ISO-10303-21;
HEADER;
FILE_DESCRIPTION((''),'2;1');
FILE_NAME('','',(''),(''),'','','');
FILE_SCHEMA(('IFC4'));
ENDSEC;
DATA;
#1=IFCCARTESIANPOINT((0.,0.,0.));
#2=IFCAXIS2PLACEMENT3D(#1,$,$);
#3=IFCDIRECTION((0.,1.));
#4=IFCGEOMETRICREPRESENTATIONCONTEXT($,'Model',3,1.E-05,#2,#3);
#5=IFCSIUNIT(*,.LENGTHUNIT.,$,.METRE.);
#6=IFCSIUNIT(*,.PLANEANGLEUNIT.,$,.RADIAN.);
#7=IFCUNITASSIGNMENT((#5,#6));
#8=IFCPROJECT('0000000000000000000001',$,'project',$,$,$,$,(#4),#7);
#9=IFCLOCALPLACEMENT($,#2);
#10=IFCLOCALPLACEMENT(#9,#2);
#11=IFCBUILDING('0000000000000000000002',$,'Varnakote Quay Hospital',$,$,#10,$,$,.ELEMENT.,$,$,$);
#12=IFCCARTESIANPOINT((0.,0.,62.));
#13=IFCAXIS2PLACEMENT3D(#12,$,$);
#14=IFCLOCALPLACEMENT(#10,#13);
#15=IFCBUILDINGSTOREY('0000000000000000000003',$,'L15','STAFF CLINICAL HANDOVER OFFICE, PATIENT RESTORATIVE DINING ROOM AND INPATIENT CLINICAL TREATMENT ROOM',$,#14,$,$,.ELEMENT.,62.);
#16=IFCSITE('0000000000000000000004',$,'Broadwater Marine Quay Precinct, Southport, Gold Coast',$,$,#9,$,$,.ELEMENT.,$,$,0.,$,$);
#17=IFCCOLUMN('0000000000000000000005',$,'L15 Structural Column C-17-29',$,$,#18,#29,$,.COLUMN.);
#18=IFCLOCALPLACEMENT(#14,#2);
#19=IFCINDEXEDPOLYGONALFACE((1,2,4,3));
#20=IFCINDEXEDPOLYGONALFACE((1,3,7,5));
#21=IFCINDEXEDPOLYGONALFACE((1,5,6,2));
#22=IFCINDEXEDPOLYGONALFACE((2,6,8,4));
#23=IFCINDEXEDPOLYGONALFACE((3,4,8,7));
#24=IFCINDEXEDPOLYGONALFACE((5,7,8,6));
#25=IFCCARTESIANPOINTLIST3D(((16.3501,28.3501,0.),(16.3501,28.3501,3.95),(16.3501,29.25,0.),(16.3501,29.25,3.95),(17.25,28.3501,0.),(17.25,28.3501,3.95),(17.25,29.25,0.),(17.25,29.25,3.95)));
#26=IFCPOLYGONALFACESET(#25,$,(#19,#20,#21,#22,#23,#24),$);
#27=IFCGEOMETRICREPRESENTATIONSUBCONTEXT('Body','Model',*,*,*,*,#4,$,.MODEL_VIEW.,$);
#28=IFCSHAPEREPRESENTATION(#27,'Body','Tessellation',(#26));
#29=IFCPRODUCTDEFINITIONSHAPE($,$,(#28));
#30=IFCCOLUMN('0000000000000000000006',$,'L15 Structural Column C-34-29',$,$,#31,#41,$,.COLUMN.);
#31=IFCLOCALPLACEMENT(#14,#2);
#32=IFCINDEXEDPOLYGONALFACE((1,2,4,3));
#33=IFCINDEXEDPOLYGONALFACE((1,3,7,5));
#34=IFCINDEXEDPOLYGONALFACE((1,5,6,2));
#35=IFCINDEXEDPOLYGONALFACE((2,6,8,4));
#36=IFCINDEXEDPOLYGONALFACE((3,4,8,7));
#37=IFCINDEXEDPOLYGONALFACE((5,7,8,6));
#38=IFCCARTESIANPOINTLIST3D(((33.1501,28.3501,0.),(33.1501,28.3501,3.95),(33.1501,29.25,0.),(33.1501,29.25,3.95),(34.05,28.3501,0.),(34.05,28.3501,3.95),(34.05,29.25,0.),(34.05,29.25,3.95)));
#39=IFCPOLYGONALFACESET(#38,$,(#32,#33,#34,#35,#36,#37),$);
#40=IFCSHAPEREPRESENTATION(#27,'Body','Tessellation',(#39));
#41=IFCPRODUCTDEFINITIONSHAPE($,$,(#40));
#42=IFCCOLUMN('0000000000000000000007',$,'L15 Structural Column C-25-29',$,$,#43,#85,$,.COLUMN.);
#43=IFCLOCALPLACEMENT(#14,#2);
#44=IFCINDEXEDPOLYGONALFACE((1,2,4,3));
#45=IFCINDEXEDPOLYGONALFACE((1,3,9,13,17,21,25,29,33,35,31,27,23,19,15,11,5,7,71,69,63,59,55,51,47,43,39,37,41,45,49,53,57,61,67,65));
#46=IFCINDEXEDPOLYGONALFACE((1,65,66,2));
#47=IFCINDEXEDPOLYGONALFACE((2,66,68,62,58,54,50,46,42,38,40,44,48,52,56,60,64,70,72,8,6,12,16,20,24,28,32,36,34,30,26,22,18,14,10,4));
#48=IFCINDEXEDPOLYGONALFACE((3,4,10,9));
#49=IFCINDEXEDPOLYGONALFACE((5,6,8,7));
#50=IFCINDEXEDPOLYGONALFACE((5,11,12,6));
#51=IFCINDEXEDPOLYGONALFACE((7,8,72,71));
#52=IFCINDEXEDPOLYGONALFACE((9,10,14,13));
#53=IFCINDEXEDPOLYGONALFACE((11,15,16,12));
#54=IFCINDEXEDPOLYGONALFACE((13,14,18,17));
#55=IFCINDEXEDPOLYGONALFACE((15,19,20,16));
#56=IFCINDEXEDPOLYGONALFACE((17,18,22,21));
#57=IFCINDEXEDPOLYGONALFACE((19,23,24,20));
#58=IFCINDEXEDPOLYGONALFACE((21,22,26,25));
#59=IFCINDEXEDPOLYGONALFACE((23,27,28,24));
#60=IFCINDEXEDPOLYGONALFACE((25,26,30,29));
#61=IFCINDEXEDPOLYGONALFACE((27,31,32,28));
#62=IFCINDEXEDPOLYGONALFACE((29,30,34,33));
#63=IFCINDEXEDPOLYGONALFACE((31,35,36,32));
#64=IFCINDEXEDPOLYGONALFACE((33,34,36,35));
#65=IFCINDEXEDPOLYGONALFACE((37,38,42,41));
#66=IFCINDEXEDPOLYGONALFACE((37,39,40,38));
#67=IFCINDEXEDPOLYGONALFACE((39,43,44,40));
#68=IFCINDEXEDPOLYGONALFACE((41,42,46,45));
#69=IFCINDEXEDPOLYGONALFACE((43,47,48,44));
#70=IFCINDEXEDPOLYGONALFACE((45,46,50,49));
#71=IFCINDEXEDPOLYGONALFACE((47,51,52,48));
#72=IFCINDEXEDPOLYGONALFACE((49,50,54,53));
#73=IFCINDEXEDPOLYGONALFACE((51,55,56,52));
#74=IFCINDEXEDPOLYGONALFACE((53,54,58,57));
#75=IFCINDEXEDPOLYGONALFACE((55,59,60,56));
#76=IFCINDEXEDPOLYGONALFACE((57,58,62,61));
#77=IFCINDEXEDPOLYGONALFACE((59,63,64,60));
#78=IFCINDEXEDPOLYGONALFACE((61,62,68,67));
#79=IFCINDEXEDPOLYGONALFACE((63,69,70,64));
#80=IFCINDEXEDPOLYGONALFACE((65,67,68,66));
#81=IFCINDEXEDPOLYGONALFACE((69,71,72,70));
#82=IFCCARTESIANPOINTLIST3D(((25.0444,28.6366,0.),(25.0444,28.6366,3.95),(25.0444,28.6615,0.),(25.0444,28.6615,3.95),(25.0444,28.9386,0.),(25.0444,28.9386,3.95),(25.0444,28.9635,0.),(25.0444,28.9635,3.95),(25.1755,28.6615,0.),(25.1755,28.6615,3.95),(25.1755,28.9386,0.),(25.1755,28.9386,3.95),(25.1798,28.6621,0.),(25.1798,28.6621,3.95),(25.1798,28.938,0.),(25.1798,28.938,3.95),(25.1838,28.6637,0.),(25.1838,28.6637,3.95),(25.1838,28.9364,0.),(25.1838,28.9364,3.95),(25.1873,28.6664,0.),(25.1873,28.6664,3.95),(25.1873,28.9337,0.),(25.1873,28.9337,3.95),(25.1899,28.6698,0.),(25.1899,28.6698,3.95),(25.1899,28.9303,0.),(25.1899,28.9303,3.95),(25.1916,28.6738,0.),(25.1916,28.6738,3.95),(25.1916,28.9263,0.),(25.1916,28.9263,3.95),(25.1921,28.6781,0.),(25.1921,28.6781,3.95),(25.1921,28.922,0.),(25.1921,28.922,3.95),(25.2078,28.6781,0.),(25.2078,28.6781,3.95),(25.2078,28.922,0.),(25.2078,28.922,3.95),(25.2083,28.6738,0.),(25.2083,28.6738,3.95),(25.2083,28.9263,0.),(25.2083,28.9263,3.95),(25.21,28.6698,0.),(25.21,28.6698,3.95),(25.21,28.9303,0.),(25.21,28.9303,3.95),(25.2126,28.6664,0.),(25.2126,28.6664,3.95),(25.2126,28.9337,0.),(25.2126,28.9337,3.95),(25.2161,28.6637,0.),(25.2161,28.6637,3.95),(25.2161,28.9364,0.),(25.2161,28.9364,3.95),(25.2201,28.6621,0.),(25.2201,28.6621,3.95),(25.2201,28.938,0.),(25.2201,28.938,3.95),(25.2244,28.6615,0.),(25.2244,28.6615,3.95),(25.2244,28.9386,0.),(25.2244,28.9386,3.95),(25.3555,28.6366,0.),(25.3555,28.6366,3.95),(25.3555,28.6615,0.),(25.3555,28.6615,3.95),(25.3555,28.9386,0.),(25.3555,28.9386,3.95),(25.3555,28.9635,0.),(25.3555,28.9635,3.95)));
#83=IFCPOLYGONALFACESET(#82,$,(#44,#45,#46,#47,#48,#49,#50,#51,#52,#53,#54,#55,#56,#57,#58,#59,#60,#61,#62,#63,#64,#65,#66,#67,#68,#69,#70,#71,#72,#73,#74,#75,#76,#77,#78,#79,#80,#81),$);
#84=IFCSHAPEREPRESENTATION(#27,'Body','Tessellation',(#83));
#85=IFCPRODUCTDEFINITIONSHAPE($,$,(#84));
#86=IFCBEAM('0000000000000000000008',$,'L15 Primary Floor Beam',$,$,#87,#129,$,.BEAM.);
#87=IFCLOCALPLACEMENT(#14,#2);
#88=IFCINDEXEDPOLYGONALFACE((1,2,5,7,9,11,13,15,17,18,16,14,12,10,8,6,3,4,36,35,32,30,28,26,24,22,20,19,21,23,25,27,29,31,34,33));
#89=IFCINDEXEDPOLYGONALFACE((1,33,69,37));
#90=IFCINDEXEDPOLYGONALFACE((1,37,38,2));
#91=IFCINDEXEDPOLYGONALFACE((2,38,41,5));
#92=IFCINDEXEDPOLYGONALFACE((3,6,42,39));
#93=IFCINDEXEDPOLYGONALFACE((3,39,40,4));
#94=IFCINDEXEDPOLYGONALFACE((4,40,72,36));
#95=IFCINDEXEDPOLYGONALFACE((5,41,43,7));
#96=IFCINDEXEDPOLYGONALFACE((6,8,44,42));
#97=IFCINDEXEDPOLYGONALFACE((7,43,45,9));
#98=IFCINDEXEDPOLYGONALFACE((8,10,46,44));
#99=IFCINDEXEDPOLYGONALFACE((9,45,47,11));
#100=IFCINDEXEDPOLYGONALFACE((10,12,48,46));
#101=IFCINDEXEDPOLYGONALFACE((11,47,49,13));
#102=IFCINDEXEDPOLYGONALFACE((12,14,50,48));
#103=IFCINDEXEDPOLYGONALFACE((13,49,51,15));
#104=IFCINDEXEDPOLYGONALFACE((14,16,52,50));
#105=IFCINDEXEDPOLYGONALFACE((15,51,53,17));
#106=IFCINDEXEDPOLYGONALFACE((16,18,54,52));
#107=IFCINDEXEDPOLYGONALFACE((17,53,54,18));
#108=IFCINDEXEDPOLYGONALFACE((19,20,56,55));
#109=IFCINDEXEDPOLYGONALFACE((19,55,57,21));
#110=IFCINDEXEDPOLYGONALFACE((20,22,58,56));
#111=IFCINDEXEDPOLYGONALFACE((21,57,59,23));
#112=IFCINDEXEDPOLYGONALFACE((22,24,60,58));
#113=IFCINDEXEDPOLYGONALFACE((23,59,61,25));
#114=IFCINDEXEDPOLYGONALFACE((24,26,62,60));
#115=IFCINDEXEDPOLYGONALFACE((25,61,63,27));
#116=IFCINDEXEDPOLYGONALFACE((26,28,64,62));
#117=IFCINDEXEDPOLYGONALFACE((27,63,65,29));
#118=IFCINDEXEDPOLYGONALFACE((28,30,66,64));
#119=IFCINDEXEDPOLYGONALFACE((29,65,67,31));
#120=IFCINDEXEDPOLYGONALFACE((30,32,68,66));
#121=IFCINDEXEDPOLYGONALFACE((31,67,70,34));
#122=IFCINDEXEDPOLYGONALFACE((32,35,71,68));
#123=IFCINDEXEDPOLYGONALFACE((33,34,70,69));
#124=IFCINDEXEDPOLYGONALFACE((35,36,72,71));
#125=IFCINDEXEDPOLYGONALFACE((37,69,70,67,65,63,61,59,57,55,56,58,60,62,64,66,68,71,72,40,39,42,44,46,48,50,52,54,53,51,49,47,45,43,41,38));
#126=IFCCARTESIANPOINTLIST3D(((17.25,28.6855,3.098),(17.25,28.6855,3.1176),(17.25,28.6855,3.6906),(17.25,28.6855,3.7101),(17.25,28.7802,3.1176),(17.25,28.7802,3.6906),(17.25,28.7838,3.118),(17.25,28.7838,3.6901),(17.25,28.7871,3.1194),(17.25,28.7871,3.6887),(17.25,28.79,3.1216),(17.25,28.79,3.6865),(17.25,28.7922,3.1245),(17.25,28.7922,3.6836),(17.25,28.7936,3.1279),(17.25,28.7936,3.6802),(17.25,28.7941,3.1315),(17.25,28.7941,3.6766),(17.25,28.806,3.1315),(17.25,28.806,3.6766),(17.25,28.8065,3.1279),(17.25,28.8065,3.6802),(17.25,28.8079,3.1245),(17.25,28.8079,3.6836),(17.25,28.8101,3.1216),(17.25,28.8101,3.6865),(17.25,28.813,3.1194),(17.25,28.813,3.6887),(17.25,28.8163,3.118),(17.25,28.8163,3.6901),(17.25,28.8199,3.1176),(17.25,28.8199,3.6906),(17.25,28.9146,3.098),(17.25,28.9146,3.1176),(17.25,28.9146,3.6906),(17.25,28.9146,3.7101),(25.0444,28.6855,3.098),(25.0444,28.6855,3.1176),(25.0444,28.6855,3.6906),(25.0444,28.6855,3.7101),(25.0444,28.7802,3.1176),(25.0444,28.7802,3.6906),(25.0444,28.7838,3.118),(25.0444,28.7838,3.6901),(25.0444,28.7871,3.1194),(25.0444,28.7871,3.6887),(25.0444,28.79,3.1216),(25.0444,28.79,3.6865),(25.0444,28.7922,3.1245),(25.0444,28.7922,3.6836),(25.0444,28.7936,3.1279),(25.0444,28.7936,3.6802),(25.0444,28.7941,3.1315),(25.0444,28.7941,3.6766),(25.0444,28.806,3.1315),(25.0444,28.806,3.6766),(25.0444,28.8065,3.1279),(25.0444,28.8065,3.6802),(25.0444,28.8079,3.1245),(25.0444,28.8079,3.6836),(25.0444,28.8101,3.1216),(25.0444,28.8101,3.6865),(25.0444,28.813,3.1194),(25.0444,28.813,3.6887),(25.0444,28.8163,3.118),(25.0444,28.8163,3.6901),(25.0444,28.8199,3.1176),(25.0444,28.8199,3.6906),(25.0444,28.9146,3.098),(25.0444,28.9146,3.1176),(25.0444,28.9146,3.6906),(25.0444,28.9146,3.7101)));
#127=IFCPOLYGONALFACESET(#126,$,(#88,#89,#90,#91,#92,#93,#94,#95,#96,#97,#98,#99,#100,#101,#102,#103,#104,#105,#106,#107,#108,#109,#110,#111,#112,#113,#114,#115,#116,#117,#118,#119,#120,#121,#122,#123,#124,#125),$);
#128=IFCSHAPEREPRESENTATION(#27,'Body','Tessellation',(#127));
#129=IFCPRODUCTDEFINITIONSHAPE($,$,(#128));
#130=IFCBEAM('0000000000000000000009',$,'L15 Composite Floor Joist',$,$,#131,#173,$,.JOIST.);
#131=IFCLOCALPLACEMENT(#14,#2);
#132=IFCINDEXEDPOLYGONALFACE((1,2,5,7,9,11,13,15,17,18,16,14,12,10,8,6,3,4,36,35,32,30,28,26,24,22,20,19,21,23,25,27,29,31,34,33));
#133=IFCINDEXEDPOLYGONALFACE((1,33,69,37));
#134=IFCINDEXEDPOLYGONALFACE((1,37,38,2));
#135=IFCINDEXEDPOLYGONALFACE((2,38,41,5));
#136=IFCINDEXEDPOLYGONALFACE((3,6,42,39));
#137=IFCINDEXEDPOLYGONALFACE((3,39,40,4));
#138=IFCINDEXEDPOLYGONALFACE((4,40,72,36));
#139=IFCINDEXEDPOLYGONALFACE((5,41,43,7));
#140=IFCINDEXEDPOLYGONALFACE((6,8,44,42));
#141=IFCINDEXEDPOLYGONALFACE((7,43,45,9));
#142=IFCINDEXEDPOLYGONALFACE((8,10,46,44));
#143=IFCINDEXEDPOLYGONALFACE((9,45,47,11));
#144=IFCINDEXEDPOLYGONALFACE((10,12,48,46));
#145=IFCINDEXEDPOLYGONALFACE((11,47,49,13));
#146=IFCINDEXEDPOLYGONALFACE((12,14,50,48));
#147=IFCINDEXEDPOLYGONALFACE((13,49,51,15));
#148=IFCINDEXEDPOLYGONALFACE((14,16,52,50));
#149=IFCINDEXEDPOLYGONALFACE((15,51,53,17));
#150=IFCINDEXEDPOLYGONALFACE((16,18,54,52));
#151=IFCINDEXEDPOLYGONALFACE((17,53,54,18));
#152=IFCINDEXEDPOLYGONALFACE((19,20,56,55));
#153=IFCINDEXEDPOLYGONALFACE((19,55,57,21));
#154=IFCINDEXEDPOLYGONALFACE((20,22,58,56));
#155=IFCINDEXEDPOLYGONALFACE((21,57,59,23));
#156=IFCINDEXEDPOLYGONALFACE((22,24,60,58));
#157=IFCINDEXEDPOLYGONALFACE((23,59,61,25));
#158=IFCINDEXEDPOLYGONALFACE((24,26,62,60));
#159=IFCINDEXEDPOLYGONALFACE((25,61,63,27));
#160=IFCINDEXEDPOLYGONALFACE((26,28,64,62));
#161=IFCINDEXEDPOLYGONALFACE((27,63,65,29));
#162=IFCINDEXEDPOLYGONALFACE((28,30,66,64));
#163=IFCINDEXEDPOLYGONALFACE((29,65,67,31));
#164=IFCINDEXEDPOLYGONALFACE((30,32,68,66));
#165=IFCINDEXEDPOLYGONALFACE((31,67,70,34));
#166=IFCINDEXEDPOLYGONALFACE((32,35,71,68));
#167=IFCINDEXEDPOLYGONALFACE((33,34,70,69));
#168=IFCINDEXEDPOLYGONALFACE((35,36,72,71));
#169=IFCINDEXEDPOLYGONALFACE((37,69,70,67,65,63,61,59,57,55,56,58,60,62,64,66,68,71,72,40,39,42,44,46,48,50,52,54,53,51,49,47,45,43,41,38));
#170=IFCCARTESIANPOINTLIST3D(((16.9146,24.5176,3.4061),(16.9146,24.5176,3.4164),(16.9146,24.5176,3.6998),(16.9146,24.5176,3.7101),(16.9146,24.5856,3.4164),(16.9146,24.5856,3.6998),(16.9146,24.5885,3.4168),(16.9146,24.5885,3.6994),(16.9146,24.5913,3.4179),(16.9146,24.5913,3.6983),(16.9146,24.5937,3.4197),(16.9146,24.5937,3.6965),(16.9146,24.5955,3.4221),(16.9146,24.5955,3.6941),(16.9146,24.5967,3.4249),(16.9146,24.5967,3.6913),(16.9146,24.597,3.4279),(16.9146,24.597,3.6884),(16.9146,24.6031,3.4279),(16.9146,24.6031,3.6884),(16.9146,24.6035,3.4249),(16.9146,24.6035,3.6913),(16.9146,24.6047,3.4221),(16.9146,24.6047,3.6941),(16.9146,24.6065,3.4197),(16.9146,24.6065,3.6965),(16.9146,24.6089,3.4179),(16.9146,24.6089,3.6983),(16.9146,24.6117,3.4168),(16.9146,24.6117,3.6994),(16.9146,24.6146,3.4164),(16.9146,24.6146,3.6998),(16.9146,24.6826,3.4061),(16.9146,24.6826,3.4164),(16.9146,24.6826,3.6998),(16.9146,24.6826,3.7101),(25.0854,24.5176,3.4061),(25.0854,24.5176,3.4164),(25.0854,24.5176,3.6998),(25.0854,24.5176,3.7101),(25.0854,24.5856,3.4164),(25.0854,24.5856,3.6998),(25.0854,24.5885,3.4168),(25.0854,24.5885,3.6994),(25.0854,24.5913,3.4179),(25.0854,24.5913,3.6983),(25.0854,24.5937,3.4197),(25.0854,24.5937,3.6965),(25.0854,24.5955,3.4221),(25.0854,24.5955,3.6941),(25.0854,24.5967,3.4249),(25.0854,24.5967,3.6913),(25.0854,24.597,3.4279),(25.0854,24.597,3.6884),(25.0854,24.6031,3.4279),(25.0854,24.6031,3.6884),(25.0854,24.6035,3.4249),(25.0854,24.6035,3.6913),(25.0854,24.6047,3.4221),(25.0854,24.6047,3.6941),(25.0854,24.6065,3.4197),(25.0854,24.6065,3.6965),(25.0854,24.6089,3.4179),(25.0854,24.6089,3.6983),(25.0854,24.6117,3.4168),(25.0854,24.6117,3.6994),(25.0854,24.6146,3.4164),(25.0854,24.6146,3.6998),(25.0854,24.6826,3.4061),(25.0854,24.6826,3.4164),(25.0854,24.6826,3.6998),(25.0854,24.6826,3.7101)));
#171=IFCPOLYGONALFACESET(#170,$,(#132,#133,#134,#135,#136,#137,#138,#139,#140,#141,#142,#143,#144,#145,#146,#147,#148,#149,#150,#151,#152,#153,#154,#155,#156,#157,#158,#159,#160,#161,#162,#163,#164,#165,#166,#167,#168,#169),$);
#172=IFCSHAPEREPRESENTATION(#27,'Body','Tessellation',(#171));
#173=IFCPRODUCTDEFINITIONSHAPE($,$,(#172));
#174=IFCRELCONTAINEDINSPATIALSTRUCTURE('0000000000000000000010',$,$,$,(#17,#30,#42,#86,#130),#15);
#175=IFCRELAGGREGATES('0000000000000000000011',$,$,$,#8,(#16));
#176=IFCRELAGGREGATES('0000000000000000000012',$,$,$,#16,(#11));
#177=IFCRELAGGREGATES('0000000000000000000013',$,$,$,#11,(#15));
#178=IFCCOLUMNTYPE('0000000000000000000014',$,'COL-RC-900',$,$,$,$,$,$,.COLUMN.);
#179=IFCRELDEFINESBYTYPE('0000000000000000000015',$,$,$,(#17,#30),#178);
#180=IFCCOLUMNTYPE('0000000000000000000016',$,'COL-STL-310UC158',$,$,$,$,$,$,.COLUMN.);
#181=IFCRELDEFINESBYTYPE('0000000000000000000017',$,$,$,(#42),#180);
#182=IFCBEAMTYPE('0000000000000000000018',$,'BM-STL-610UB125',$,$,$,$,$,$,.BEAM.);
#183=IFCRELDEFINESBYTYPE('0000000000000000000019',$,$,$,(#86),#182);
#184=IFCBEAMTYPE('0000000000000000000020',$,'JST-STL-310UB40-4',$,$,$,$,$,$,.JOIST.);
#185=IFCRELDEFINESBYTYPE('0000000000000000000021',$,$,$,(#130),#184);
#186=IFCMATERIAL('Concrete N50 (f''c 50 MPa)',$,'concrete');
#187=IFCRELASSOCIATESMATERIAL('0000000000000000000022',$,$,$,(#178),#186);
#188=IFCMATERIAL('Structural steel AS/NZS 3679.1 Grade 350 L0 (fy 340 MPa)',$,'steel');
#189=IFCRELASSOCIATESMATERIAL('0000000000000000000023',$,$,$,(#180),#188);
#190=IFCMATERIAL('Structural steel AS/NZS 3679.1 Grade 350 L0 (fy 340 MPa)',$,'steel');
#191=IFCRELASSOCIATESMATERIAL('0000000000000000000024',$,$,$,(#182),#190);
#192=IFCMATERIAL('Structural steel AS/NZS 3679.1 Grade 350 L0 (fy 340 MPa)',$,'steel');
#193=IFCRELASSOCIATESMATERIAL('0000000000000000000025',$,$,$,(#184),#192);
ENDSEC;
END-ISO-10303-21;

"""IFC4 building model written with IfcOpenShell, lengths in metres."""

from ifc_helpers import new_model, si_unit, direction, frame, origin, origin_2d, place, context, subcontext, project, spatial, rectangle, i_section, extrude, material, material_profile, profile_set, type_object, element, save


model = new_model("IFC4")

# Units and contexts
model_context = context("Model", 3, precision=1e-05, world=origin(), true_north=direction((0.0, 1.0)))
body_context = subcontext(model_context, "Body", "Model", "MODEL_VIEW")
ifc_project = project(units=[si_unit("LENGTHUNIT", "METRE"), si_unit("PLANEANGLEUNIT", "RADIAN")], contexts=[model_context])

# Site, building, storey
site_placement = place(None, origin())
site = spatial("IfcSite", under=ifc_project, at=site_placement, Name="Broadwater Marine Quay Precinct, Southport, Gold Coast", CompositionType="ELEMENT", RefElevation=0.0)
building_placement = place(site_placement, origin())
building = spatial("IfcBuilding", under=site, at=building_placement, Name="Varnakote Quay Hospital", CompositionType="ELEMENT")
storey_placement = place(building_placement, frame((0.0, 0.0, 62.0)))
storey = spatial("IfcBuildingStorey", under=building, at=storey_placement, Name="L15", Description="STAFF CLINICAL HANDOVER OFFICE, PATIENT RESTORATIVE DINING ROOM AND INPATIENT CLINICAL TREATMENT ROOM", CompositionType="ELEMENT", Elevation=62.0)

# Columns
ifc_material_1 = material(Name="Concrete N50 (f'c 50 MPa)", Category="concrete")
ifc_material_profile_1 = material_profile(ifc_material_1, rectangle(XDim=0.8999, YDim=0.8999, at=origin_2d()), Name="RC-COL-900x900")
ifc_profile_set_1 = profile_set([ifc_material_profile_1], Name="Concrete N50 (f'c 50 MPa)")
column_type_1 = type_object("IfcColumnType", Name="COL-RC-900", PredefinedType="COLUMN", material=ifc_profile_set_1)
for number, where, z_axis, x_axis, name in (
    (1, (16.8, 28.8, 0.0), (0.0, 0.0, 1.0), (1.0, 0.0, 0.0), "L15 Structural Column C-17-29"),
    (2, (33.6001, 28.8, 0.0), (0.0, 0.0, 1.0), (1.0, 0.0, 0.0), "L15 Structural Column C-34-29"),
):
    element("IfcColumn", number, at=place(storey_placement, frame(where, z_axis=z_axis, x_axis=x_axis)), inside=storey, type_object=column_type_1, Name=name, PredefinedType="COLUMN", context=body_context, shape_type="SweptSolid", body=[
        extrude(rectangle(XDim=0.8999, YDim=0.8999, at=origin_2d()), origin(), (0.0, 0.0, 1.0), 3.95),
    ])
ifc_material_2 = material(Name="Structural steel AS/NZS 3679.1 Grade 350 L0 (fy 340 MPa)", Category="steel")
ifc_material_profile_2 = material_profile(ifc_material_2, i_section(OverallWidth=0.311, OverallDepth=0.3269, WebThickness=0.0156, FlangeThickness=0.0249, FilletRadius=0.0166, at=origin_2d()), Name="310UC158")
ifc_profile_set_2 = profile_set([ifc_material_profile_2], Name="Structural steel AS/NZS 3679.1 Grade 350 L0 (fy 340 MPa)")
column_type_2 = type_object("IfcColumnType", Name="COL-STL-310UC158", PredefinedType="COLUMN", material=ifc_profile_set_2)
column_placement = place(storey_placement, frame((25.2, 28.8, 0.0), z_axis=(0.0, 0.0, 1.0), x_axis=(1.0, 0.0, 0.0)))
element("IfcColumn", 3, at=column_placement, inside=storey, type_object=column_type_2, Name="L15 Structural Column C-25-29", PredefinedType="COLUMN", context=body_context, shape_type="SweptSolid", body=[
    extrude(i_section(OverallWidth=0.311, OverallDepth=0.3269, WebThickness=0.0156, FlangeThickness=0.0249, FilletRadius=0.0166, at=origin_2d()), origin(), (0.0, 0.0, 1.0), 3.95),
])

# Beams
ifc_material_3 = material(Name="Structural steel AS/NZS 3679.1 Grade 350 L0 (fy 340 MPa)", Category="steel")
ifc_material_profile_3 = material_profile(ifc_material_3, i_section(OverallWidth=0.229, OverallDepth=0.6121, WebThickness=0.012, FlangeThickness=0.0195, FilletRadius=0.0139, at=origin_2d()), Name="610UB125")
ifc_profile_set_3 = profile_set([ifc_material_profile_3], Name="Structural steel AS/NZS 3679.1 Grade 350 L0 (fy 340 MPa)")
beam_type_1 = type_object("IfcBeamType", Name="BM-STL-610UB125", PredefinedType="BEAM", material=ifc_profile_set_3)
beam_1_placement = place(storey_placement, frame((17.25, 28.8, 3.4041), z_axis=(1.0, 0.0, 0.0), x_axis=(0.0, 1.0, 0.0)))
element("IfcBeam", 4, at=beam_1_placement, inside=storey, type_object=beam_type_1, Name="L15 Primary Floor Beam", PredefinedType="BEAM", context=body_context, shape_type="SweptSolid", body=[
    extrude(i_section(OverallWidth=0.229, OverallDepth=0.6121, WebThickness=0.012, FlangeThickness=0.0195, FilletRadius=0.0139, at=origin_2d()), origin(), (0.0, 0.0, 1.0), 7.7944),
])
ifc_material_4 = material(Name="Structural steel AS/NZS 3679.1 Grade 350 L0 (fy 340 MPa)", Category="steel")
ifc_material_profile_4 = material_profile(ifc_material_4, i_section(OverallWidth=0.165, OverallDepth=0.304, WebThickness=0.0061, FlangeThickness=0.0103, FilletRadius=0.0115, at=origin_2d()), Name="310UB40.4")
ifc_profile_set_4 = profile_set([ifc_material_profile_4], Name="Structural steel AS/NZS 3679.1 Grade 350 L0 (fy 340 MPa)")
beam_type_2 = type_object("IfcBeamType", Name="JST-STL-310UB40-4", PredefinedType="JOIST", material=ifc_profile_set_4)
beam_2_placement = place(storey_placement, frame((16.9146, 24.6001, 3.5581), z_axis=(1.0, 0.0, 0.0), x_axis=(0.0, 1.0, 0.0)))
element("IfcBeam", 5, at=beam_2_placement, inside=storey, type_object=beam_type_2, Name="L15 Composite Floor Joist", PredefinedType="JOIST", context=body_context, shape_type="SweptSolid", body=[
    extrude(i_section(OverallWidth=0.165, OverallDepth=0.304, WebThickness=0.0061, FlangeThickness=0.0103, FilletRadius=0.0115, at=origin_2d()), origin(), (0.0, 0.0, 1.0), 8.1709),
])

save(model, "model.ifc")
